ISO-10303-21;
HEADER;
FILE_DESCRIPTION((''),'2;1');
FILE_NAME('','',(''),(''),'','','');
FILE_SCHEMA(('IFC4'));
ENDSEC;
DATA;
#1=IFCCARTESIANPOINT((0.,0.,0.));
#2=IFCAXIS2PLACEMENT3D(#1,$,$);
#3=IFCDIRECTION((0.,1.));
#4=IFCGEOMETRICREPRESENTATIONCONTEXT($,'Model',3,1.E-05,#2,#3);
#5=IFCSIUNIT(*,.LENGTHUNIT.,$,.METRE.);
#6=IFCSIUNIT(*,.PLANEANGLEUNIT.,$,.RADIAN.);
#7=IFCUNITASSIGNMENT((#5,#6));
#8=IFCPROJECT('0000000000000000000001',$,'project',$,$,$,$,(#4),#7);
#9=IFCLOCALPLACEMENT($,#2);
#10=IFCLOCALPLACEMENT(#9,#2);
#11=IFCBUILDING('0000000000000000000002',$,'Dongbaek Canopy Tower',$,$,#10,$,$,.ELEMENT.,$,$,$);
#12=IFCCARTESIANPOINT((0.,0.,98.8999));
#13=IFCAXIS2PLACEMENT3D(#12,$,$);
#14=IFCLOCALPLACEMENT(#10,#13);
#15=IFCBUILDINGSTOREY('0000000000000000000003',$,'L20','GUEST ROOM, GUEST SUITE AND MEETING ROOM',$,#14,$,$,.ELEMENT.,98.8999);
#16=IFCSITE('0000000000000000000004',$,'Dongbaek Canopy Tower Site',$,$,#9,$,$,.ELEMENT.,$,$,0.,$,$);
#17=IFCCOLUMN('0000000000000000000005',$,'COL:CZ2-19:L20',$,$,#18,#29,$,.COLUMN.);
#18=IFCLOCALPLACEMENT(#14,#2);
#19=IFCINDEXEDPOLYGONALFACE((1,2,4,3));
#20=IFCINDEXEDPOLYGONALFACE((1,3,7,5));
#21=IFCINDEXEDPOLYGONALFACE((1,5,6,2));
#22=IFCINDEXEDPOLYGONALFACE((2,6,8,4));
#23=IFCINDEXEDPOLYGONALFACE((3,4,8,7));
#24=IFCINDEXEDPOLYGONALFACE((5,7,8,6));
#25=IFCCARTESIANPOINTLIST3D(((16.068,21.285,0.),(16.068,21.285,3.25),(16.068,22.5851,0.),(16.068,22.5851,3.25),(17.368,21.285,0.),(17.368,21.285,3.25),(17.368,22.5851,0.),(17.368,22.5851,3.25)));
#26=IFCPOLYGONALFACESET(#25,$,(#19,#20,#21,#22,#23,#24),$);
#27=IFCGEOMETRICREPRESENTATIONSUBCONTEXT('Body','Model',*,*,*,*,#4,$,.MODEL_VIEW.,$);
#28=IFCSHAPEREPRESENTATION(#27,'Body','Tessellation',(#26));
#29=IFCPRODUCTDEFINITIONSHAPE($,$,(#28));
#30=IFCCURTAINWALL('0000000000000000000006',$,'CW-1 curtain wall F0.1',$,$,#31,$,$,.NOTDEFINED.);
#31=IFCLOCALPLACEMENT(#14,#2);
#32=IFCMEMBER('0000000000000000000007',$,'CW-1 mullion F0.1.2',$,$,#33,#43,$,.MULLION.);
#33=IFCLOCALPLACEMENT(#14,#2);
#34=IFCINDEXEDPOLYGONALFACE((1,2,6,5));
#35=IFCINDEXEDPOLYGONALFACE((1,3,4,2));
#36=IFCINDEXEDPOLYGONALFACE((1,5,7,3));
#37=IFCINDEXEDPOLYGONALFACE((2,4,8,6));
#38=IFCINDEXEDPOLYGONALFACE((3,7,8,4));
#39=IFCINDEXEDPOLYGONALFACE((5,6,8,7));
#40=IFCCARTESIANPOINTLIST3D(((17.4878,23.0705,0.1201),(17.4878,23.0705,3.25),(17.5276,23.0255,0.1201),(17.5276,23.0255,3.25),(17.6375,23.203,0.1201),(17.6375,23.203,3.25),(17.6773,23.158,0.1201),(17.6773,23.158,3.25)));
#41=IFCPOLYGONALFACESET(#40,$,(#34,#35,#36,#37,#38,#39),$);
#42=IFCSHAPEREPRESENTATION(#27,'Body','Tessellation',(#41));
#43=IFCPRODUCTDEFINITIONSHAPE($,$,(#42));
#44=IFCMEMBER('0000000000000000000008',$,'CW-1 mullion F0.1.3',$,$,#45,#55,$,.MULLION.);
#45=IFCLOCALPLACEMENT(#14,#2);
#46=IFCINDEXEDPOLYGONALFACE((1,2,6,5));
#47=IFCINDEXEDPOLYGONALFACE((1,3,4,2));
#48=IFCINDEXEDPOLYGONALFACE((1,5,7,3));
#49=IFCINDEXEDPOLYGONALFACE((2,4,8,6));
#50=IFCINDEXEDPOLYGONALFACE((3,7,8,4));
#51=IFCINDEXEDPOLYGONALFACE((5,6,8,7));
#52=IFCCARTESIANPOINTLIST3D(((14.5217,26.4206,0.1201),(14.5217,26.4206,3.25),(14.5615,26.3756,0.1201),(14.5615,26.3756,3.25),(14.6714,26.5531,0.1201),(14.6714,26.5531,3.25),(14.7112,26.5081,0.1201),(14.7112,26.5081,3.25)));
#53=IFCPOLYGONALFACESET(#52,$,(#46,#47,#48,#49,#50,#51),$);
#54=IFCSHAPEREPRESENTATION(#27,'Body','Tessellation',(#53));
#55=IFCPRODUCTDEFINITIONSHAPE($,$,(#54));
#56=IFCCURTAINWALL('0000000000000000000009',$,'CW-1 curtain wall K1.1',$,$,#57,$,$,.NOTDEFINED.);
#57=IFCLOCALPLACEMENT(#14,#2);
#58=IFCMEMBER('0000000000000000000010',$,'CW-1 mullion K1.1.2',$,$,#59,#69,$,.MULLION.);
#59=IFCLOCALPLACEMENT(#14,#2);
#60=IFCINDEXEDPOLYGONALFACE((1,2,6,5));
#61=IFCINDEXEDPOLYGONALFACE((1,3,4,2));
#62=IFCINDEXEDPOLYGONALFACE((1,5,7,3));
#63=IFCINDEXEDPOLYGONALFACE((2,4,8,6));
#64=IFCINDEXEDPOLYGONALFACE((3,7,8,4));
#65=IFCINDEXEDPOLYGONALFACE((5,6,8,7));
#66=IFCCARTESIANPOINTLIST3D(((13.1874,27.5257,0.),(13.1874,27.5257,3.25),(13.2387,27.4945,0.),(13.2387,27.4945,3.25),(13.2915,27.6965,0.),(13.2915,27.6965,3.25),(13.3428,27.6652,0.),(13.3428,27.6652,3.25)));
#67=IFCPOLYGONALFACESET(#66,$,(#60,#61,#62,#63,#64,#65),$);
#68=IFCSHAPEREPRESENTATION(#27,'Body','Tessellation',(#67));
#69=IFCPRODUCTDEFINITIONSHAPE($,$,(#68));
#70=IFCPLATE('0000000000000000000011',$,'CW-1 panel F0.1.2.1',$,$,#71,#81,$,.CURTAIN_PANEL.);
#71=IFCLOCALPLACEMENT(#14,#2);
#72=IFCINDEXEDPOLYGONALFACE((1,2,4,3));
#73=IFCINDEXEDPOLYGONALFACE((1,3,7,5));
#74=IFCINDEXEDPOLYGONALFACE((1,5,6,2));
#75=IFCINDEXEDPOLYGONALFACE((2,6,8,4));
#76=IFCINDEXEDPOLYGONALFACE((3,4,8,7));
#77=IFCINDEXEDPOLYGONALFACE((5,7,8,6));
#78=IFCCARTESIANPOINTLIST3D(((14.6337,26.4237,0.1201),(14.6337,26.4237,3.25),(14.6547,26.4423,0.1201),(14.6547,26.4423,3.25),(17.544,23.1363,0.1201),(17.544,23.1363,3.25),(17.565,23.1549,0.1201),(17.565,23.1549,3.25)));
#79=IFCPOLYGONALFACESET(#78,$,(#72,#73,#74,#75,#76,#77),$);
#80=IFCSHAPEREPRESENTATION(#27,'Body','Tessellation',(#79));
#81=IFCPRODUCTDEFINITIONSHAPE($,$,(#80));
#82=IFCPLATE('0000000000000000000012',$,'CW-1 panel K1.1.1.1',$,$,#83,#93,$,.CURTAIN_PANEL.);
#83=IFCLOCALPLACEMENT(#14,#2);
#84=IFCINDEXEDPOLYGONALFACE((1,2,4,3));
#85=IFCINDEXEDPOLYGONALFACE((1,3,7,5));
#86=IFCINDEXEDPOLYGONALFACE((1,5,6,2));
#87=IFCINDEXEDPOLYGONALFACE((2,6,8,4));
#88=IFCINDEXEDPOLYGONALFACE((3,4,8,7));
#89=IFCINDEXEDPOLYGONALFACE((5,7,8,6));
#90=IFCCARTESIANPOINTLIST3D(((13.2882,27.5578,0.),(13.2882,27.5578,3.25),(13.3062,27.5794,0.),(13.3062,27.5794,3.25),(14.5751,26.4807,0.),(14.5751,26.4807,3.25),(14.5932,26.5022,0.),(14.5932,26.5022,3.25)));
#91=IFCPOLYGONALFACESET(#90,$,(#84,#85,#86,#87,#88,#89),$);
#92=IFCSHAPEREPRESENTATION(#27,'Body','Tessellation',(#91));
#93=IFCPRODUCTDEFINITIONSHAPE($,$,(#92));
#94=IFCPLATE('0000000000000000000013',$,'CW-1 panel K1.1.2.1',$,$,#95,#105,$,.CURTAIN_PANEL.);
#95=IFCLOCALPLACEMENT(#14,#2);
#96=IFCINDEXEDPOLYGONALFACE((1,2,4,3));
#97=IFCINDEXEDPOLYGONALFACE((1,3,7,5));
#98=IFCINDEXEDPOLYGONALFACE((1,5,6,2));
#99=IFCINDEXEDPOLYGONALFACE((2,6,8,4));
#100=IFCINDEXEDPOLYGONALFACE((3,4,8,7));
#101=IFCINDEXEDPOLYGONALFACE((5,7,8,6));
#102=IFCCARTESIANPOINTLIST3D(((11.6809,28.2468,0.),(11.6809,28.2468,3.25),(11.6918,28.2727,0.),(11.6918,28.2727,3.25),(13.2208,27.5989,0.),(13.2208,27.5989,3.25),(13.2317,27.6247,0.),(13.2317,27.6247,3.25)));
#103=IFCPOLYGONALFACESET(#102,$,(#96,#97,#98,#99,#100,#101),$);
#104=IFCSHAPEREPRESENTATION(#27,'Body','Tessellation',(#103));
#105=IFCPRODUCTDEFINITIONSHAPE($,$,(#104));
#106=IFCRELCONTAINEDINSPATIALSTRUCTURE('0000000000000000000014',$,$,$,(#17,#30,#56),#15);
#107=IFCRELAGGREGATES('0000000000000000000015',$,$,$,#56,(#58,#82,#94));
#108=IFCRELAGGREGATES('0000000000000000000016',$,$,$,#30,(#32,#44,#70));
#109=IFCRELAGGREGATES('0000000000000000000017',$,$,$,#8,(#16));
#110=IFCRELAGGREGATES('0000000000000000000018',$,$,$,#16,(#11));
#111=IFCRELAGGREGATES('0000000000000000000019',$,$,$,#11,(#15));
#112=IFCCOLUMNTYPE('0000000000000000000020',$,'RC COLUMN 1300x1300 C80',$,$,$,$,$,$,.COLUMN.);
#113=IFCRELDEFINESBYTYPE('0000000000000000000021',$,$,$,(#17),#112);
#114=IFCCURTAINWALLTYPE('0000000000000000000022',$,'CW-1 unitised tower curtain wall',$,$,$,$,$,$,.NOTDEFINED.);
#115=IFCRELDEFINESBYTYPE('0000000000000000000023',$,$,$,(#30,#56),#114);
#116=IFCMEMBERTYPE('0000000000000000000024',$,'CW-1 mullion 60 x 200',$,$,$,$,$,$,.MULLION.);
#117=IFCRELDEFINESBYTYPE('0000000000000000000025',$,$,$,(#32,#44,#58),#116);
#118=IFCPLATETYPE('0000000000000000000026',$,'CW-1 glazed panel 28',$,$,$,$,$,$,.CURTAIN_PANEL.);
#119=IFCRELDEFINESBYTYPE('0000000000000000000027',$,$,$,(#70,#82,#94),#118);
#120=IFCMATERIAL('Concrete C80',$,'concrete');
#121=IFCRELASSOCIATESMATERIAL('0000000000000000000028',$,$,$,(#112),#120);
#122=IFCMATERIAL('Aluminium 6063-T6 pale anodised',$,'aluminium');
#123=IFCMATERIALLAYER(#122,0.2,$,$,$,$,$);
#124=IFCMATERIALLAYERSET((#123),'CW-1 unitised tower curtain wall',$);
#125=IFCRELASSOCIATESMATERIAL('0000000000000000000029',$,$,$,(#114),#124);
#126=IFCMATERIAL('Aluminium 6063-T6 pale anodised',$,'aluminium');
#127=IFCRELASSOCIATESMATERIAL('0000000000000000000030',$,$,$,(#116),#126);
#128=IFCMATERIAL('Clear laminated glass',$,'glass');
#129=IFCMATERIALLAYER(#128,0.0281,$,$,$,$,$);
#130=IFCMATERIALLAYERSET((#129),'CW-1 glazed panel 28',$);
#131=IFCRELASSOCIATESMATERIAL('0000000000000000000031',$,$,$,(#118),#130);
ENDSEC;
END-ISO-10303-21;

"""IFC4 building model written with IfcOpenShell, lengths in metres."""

from ifc_helpers import new_model, si_unit, direction, frame, origin, origin_2d, place, context, subcontext, project, spatial, rectangle, extrude, material, layer, layer_set, material_profile, profile_set, type_object, element, aggregate, save


model = new_model("IFC4")

# Units and contexts
model_context = context("Model", 3, precision=1e-05, world=origin(), true_north=direction((0.0, 1.0)))
body_context = subcontext(model_context, "Body", "Model", "MODEL_VIEW")
ifc_project = project(units=[si_unit("LENGTHUNIT", "METRE"), si_unit("PLANEANGLEUNIT", "RADIAN")], contexts=[model_context])

# Site, building, storey
site_placement = place(None, origin())
site = spatial("IfcSite", under=ifc_project, at=site_placement, Name="Dongbaek Canopy Tower Site", CompositionType="ELEMENT", RefElevation=0.0)
building_placement = place(site_placement, origin())
building = spatial("IfcBuilding", under=site, at=building_placement, Name="Dongbaek Canopy Tower", CompositionType="ELEMENT")
storey_placement = place(building_placement, frame((0.0, 0.0, 98.8999)))
storey = spatial("IfcBuildingStorey", under=building, at=storey_placement, Name="L20", Description="GUEST ROOM, GUEST SUITE AND MEETING ROOM", CompositionType="ELEMENT", Elevation=98.8999)

# Column
ifc_material_1 = material(Name="Concrete C80", Category="concrete")
ifc_material_profile_1 = material_profile(ifc_material_1, rectangle(XDim=1.3, YDim=1.3, at=origin_2d()), Name="RC COLUMN 1300x1300 C80")
ifc_profile_set_1 = profile_set([ifc_material_profile_1], Name="Concrete C80")
column_type = type_object("IfcColumnType", Name="RC COLUMN 1300x1300 C80", PredefinedType="COLUMN", material=ifc_profile_set_1)
column_placement = place(storey_placement, frame((16.718, 21.9351, 0.0), z_axis=(0.0, 0.0, 1.0), x_axis=(1.0, 0.0, 0.0)))
element("IfcColumn", 1, at=column_placement, inside=storey, type_object=column_type, Name="COL:CZ2-19:L20", PredefinedType="COLUMN", context=body_context, shape_type="SweptSolid", body=[
    extrude(rectangle(XDim=1.3, YDim=1.3, at=origin_2d()), origin(), (0.0, 0.0, 1.0), 3.25),
])

# Curtain wall, members
ifc_material_2 = material(Name="Aluminium 6063-T6 pale anodised", Category="aluminium")
ifc_layer_1 = layer(ifc_material_2, 0.2)
ifc_layer_set_1 = layer_set([ifc_layer_1], Name="CW-1 unitised tower curtain wall")
curtain_wall_type = type_object("IfcCurtainWallType", Name="CW-1 unitised tower curtain wall", PredefinedType="NOTDEFINED", material=ifc_layer_set_1)
curtain_wall_1_placement = place(storey_placement, origin())
curtain_wall_1 = element("IfcCurtainWall", 2, at=curtain_wall_1_placement, inside=storey, type_object=curtain_wall_type, Name="CW-1 curtain wall F0.1", PredefinedType="NOTDEFINED")
ifc_material_3 = material(Name="Aluminium 6063-T6 pale anodised", Category="aluminium")
ifc_material_profile_2 = material_profile(ifc_material_3, rectangle(XDim=0.2, YDim=0.0601, at=origin_2d()), Name="CW-1 mullion 60 x 200")
ifc_profile_set_2 = profile_set([ifc_material_profile_2], Name="Aluminium 6063-T6 pale anodised")
member_type = type_object("IfcMemberType", Name="CW-1 mullion 60 x 200", PredefinedType="MULLION", material=ifc_profile_set_2)
member_1_placement = place(storey_placement, frame((17.5825, 23.1143, 0.1201), z_axis=(0.0, 0.0, 1.0), x_axis=(0.748749, 0.662854, 0.0)))
member_1 = element("IfcMember", 3, at=member_1_placement, type_object=member_type, Name="CW-1 mullion F0.1.2", PredefinedType="MULLION", context=body_context, shape_type="SweptSolid", body=[
    extrude(rectangle(XDim=0.2, YDim=0.0601, at=origin_2d()), origin(), (0.0, 0.0, 1.0), 3.1299),
])
member_2_placement = place(storey_placement, frame((14.6165, 26.4644, 0.1201), z_axis=(0.0, 0.0, 1.0), x_axis=(0.748749, 0.662854, 0.0)))
member_2 = element("IfcMember", 4, at=member_2_placement, type_object=member_type, Name="CW-1 mullion F0.1.3", PredefinedType="MULLION", context=body_context, shape_type="SweptSolid", body=[
    extrude(rectangle(XDim=0.2, YDim=0.0601, at=origin_2d()), origin(), (0.0, 0.0, 1.0), 3.1299),
])

# Curtain wall, member
curtain_wall_2_placement = place(storey_placement, origin())
curtain_wall_2 = element("IfcCurtainWall", 5, at=curtain_wall_2_placement, inside=storey, type_object=curtain_wall_type, Name="CW-1 curtain wall K1.1", PredefinedType="NOTDEFINED")
member_3_placement = place(storey_placement, frame((13.2651, 27.5955, 0.0), z_axis=(0.0, 0.0, 1.0), x_axis=(0.520636, 0.853779, 0.0)))
member_3 = element("IfcMember", 6, at=member_3_placement, type_object=member_type, Name="CW-1 mullion K1.1.2", PredefinedType="MULLION", context=body_context, shape_type="SweptSolid", body=[
    extrude(rectangle(XDim=0.2, YDim=0.0601, at=origin_2d()), origin(), (0.0, 0.0, 1.0), 3.25),
])

# Plates
ifc_material_4 = material(Name="Clear laminated glass", Category="glass")
ifc_layer_2 = layer(ifc_material_4, 0.0281)
ifc_layer_set_2 = layer_set([ifc_layer_2], Name="CW-1 glazed panel 28")
plate_type = type_object("IfcPlateType", Name="CW-1 glazed panel 28", PredefinedType="CURTAIN_PANEL", material=ifc_layer_set_2)
plate_1_placement = place(storey_placement, frame((16.0994, 24.7893, 0.1201), z_axis=(0.0, 0.0, 1.0), x_axis=(-0.662854, 0.748749, 0.0)))
plate_1 = element("IfcPlate", 7, at=plate_1_placement, type_object=plate_type, Name="CW-1 panel F0.1.2.1", PredefinedType="CURTAIN_PANEL", context=body_context, shape_type="SweptSolid", body=[
    extrude(rectangle(XDim=4.3906, YDim=0.0281, at=origin_2d()), origin(), (0.0, 0.0, 1.0), 3.1299),
])
plate_2_placement = place(storey_placement, frame((13.9407, 27.03, 0.0), z_axis=(0.0, 0.0, 1.0), x_axis=(-0.766846, 0.641831, 0.0)))
plate_2 = element("IfcPlate", 8, at=plate_2_placement, type_object=plate_type, Name="CW-1 panel K1.1.1.1", PredefinedType="CURTAIN_PANEL", context=body_context, shape_type="SweptSolid", body=[
    extrude(rectangle(XDim=1.6782, YDim=0.0281, at=origin_2d()), origin(), (0.0, 0.0, 1.0), 3.25),
])
plate_3_placement = place(storey_placement, frame((12.4563, 27.9358, 0.0), z_axis=(0.0, 0.0, 1.0), x_axis=(-0.921719, 0.387858, 0.0)))
plate_3 = element("IfcPlate", 9, at=plate_3_placement, type_object=plate_type, Name="CW-1 panel K1.1.2.1", PredefinedType="CURTAIN_PANEL", context=body_context, shape_type="SweptSolid", body=[
    extrude(rectangle(XDim=1.6707, YDim=0.0281, at=origin_2d()), origin(), (0.0, 0.0, 1.0), 3.25),
])
aggregate(curtain_wall_2, [member_3, plate_2, plate_3])

aggregate(curtain_wall_1, [member_1, member_2, plate_1])

save(model, "model.ifc")
